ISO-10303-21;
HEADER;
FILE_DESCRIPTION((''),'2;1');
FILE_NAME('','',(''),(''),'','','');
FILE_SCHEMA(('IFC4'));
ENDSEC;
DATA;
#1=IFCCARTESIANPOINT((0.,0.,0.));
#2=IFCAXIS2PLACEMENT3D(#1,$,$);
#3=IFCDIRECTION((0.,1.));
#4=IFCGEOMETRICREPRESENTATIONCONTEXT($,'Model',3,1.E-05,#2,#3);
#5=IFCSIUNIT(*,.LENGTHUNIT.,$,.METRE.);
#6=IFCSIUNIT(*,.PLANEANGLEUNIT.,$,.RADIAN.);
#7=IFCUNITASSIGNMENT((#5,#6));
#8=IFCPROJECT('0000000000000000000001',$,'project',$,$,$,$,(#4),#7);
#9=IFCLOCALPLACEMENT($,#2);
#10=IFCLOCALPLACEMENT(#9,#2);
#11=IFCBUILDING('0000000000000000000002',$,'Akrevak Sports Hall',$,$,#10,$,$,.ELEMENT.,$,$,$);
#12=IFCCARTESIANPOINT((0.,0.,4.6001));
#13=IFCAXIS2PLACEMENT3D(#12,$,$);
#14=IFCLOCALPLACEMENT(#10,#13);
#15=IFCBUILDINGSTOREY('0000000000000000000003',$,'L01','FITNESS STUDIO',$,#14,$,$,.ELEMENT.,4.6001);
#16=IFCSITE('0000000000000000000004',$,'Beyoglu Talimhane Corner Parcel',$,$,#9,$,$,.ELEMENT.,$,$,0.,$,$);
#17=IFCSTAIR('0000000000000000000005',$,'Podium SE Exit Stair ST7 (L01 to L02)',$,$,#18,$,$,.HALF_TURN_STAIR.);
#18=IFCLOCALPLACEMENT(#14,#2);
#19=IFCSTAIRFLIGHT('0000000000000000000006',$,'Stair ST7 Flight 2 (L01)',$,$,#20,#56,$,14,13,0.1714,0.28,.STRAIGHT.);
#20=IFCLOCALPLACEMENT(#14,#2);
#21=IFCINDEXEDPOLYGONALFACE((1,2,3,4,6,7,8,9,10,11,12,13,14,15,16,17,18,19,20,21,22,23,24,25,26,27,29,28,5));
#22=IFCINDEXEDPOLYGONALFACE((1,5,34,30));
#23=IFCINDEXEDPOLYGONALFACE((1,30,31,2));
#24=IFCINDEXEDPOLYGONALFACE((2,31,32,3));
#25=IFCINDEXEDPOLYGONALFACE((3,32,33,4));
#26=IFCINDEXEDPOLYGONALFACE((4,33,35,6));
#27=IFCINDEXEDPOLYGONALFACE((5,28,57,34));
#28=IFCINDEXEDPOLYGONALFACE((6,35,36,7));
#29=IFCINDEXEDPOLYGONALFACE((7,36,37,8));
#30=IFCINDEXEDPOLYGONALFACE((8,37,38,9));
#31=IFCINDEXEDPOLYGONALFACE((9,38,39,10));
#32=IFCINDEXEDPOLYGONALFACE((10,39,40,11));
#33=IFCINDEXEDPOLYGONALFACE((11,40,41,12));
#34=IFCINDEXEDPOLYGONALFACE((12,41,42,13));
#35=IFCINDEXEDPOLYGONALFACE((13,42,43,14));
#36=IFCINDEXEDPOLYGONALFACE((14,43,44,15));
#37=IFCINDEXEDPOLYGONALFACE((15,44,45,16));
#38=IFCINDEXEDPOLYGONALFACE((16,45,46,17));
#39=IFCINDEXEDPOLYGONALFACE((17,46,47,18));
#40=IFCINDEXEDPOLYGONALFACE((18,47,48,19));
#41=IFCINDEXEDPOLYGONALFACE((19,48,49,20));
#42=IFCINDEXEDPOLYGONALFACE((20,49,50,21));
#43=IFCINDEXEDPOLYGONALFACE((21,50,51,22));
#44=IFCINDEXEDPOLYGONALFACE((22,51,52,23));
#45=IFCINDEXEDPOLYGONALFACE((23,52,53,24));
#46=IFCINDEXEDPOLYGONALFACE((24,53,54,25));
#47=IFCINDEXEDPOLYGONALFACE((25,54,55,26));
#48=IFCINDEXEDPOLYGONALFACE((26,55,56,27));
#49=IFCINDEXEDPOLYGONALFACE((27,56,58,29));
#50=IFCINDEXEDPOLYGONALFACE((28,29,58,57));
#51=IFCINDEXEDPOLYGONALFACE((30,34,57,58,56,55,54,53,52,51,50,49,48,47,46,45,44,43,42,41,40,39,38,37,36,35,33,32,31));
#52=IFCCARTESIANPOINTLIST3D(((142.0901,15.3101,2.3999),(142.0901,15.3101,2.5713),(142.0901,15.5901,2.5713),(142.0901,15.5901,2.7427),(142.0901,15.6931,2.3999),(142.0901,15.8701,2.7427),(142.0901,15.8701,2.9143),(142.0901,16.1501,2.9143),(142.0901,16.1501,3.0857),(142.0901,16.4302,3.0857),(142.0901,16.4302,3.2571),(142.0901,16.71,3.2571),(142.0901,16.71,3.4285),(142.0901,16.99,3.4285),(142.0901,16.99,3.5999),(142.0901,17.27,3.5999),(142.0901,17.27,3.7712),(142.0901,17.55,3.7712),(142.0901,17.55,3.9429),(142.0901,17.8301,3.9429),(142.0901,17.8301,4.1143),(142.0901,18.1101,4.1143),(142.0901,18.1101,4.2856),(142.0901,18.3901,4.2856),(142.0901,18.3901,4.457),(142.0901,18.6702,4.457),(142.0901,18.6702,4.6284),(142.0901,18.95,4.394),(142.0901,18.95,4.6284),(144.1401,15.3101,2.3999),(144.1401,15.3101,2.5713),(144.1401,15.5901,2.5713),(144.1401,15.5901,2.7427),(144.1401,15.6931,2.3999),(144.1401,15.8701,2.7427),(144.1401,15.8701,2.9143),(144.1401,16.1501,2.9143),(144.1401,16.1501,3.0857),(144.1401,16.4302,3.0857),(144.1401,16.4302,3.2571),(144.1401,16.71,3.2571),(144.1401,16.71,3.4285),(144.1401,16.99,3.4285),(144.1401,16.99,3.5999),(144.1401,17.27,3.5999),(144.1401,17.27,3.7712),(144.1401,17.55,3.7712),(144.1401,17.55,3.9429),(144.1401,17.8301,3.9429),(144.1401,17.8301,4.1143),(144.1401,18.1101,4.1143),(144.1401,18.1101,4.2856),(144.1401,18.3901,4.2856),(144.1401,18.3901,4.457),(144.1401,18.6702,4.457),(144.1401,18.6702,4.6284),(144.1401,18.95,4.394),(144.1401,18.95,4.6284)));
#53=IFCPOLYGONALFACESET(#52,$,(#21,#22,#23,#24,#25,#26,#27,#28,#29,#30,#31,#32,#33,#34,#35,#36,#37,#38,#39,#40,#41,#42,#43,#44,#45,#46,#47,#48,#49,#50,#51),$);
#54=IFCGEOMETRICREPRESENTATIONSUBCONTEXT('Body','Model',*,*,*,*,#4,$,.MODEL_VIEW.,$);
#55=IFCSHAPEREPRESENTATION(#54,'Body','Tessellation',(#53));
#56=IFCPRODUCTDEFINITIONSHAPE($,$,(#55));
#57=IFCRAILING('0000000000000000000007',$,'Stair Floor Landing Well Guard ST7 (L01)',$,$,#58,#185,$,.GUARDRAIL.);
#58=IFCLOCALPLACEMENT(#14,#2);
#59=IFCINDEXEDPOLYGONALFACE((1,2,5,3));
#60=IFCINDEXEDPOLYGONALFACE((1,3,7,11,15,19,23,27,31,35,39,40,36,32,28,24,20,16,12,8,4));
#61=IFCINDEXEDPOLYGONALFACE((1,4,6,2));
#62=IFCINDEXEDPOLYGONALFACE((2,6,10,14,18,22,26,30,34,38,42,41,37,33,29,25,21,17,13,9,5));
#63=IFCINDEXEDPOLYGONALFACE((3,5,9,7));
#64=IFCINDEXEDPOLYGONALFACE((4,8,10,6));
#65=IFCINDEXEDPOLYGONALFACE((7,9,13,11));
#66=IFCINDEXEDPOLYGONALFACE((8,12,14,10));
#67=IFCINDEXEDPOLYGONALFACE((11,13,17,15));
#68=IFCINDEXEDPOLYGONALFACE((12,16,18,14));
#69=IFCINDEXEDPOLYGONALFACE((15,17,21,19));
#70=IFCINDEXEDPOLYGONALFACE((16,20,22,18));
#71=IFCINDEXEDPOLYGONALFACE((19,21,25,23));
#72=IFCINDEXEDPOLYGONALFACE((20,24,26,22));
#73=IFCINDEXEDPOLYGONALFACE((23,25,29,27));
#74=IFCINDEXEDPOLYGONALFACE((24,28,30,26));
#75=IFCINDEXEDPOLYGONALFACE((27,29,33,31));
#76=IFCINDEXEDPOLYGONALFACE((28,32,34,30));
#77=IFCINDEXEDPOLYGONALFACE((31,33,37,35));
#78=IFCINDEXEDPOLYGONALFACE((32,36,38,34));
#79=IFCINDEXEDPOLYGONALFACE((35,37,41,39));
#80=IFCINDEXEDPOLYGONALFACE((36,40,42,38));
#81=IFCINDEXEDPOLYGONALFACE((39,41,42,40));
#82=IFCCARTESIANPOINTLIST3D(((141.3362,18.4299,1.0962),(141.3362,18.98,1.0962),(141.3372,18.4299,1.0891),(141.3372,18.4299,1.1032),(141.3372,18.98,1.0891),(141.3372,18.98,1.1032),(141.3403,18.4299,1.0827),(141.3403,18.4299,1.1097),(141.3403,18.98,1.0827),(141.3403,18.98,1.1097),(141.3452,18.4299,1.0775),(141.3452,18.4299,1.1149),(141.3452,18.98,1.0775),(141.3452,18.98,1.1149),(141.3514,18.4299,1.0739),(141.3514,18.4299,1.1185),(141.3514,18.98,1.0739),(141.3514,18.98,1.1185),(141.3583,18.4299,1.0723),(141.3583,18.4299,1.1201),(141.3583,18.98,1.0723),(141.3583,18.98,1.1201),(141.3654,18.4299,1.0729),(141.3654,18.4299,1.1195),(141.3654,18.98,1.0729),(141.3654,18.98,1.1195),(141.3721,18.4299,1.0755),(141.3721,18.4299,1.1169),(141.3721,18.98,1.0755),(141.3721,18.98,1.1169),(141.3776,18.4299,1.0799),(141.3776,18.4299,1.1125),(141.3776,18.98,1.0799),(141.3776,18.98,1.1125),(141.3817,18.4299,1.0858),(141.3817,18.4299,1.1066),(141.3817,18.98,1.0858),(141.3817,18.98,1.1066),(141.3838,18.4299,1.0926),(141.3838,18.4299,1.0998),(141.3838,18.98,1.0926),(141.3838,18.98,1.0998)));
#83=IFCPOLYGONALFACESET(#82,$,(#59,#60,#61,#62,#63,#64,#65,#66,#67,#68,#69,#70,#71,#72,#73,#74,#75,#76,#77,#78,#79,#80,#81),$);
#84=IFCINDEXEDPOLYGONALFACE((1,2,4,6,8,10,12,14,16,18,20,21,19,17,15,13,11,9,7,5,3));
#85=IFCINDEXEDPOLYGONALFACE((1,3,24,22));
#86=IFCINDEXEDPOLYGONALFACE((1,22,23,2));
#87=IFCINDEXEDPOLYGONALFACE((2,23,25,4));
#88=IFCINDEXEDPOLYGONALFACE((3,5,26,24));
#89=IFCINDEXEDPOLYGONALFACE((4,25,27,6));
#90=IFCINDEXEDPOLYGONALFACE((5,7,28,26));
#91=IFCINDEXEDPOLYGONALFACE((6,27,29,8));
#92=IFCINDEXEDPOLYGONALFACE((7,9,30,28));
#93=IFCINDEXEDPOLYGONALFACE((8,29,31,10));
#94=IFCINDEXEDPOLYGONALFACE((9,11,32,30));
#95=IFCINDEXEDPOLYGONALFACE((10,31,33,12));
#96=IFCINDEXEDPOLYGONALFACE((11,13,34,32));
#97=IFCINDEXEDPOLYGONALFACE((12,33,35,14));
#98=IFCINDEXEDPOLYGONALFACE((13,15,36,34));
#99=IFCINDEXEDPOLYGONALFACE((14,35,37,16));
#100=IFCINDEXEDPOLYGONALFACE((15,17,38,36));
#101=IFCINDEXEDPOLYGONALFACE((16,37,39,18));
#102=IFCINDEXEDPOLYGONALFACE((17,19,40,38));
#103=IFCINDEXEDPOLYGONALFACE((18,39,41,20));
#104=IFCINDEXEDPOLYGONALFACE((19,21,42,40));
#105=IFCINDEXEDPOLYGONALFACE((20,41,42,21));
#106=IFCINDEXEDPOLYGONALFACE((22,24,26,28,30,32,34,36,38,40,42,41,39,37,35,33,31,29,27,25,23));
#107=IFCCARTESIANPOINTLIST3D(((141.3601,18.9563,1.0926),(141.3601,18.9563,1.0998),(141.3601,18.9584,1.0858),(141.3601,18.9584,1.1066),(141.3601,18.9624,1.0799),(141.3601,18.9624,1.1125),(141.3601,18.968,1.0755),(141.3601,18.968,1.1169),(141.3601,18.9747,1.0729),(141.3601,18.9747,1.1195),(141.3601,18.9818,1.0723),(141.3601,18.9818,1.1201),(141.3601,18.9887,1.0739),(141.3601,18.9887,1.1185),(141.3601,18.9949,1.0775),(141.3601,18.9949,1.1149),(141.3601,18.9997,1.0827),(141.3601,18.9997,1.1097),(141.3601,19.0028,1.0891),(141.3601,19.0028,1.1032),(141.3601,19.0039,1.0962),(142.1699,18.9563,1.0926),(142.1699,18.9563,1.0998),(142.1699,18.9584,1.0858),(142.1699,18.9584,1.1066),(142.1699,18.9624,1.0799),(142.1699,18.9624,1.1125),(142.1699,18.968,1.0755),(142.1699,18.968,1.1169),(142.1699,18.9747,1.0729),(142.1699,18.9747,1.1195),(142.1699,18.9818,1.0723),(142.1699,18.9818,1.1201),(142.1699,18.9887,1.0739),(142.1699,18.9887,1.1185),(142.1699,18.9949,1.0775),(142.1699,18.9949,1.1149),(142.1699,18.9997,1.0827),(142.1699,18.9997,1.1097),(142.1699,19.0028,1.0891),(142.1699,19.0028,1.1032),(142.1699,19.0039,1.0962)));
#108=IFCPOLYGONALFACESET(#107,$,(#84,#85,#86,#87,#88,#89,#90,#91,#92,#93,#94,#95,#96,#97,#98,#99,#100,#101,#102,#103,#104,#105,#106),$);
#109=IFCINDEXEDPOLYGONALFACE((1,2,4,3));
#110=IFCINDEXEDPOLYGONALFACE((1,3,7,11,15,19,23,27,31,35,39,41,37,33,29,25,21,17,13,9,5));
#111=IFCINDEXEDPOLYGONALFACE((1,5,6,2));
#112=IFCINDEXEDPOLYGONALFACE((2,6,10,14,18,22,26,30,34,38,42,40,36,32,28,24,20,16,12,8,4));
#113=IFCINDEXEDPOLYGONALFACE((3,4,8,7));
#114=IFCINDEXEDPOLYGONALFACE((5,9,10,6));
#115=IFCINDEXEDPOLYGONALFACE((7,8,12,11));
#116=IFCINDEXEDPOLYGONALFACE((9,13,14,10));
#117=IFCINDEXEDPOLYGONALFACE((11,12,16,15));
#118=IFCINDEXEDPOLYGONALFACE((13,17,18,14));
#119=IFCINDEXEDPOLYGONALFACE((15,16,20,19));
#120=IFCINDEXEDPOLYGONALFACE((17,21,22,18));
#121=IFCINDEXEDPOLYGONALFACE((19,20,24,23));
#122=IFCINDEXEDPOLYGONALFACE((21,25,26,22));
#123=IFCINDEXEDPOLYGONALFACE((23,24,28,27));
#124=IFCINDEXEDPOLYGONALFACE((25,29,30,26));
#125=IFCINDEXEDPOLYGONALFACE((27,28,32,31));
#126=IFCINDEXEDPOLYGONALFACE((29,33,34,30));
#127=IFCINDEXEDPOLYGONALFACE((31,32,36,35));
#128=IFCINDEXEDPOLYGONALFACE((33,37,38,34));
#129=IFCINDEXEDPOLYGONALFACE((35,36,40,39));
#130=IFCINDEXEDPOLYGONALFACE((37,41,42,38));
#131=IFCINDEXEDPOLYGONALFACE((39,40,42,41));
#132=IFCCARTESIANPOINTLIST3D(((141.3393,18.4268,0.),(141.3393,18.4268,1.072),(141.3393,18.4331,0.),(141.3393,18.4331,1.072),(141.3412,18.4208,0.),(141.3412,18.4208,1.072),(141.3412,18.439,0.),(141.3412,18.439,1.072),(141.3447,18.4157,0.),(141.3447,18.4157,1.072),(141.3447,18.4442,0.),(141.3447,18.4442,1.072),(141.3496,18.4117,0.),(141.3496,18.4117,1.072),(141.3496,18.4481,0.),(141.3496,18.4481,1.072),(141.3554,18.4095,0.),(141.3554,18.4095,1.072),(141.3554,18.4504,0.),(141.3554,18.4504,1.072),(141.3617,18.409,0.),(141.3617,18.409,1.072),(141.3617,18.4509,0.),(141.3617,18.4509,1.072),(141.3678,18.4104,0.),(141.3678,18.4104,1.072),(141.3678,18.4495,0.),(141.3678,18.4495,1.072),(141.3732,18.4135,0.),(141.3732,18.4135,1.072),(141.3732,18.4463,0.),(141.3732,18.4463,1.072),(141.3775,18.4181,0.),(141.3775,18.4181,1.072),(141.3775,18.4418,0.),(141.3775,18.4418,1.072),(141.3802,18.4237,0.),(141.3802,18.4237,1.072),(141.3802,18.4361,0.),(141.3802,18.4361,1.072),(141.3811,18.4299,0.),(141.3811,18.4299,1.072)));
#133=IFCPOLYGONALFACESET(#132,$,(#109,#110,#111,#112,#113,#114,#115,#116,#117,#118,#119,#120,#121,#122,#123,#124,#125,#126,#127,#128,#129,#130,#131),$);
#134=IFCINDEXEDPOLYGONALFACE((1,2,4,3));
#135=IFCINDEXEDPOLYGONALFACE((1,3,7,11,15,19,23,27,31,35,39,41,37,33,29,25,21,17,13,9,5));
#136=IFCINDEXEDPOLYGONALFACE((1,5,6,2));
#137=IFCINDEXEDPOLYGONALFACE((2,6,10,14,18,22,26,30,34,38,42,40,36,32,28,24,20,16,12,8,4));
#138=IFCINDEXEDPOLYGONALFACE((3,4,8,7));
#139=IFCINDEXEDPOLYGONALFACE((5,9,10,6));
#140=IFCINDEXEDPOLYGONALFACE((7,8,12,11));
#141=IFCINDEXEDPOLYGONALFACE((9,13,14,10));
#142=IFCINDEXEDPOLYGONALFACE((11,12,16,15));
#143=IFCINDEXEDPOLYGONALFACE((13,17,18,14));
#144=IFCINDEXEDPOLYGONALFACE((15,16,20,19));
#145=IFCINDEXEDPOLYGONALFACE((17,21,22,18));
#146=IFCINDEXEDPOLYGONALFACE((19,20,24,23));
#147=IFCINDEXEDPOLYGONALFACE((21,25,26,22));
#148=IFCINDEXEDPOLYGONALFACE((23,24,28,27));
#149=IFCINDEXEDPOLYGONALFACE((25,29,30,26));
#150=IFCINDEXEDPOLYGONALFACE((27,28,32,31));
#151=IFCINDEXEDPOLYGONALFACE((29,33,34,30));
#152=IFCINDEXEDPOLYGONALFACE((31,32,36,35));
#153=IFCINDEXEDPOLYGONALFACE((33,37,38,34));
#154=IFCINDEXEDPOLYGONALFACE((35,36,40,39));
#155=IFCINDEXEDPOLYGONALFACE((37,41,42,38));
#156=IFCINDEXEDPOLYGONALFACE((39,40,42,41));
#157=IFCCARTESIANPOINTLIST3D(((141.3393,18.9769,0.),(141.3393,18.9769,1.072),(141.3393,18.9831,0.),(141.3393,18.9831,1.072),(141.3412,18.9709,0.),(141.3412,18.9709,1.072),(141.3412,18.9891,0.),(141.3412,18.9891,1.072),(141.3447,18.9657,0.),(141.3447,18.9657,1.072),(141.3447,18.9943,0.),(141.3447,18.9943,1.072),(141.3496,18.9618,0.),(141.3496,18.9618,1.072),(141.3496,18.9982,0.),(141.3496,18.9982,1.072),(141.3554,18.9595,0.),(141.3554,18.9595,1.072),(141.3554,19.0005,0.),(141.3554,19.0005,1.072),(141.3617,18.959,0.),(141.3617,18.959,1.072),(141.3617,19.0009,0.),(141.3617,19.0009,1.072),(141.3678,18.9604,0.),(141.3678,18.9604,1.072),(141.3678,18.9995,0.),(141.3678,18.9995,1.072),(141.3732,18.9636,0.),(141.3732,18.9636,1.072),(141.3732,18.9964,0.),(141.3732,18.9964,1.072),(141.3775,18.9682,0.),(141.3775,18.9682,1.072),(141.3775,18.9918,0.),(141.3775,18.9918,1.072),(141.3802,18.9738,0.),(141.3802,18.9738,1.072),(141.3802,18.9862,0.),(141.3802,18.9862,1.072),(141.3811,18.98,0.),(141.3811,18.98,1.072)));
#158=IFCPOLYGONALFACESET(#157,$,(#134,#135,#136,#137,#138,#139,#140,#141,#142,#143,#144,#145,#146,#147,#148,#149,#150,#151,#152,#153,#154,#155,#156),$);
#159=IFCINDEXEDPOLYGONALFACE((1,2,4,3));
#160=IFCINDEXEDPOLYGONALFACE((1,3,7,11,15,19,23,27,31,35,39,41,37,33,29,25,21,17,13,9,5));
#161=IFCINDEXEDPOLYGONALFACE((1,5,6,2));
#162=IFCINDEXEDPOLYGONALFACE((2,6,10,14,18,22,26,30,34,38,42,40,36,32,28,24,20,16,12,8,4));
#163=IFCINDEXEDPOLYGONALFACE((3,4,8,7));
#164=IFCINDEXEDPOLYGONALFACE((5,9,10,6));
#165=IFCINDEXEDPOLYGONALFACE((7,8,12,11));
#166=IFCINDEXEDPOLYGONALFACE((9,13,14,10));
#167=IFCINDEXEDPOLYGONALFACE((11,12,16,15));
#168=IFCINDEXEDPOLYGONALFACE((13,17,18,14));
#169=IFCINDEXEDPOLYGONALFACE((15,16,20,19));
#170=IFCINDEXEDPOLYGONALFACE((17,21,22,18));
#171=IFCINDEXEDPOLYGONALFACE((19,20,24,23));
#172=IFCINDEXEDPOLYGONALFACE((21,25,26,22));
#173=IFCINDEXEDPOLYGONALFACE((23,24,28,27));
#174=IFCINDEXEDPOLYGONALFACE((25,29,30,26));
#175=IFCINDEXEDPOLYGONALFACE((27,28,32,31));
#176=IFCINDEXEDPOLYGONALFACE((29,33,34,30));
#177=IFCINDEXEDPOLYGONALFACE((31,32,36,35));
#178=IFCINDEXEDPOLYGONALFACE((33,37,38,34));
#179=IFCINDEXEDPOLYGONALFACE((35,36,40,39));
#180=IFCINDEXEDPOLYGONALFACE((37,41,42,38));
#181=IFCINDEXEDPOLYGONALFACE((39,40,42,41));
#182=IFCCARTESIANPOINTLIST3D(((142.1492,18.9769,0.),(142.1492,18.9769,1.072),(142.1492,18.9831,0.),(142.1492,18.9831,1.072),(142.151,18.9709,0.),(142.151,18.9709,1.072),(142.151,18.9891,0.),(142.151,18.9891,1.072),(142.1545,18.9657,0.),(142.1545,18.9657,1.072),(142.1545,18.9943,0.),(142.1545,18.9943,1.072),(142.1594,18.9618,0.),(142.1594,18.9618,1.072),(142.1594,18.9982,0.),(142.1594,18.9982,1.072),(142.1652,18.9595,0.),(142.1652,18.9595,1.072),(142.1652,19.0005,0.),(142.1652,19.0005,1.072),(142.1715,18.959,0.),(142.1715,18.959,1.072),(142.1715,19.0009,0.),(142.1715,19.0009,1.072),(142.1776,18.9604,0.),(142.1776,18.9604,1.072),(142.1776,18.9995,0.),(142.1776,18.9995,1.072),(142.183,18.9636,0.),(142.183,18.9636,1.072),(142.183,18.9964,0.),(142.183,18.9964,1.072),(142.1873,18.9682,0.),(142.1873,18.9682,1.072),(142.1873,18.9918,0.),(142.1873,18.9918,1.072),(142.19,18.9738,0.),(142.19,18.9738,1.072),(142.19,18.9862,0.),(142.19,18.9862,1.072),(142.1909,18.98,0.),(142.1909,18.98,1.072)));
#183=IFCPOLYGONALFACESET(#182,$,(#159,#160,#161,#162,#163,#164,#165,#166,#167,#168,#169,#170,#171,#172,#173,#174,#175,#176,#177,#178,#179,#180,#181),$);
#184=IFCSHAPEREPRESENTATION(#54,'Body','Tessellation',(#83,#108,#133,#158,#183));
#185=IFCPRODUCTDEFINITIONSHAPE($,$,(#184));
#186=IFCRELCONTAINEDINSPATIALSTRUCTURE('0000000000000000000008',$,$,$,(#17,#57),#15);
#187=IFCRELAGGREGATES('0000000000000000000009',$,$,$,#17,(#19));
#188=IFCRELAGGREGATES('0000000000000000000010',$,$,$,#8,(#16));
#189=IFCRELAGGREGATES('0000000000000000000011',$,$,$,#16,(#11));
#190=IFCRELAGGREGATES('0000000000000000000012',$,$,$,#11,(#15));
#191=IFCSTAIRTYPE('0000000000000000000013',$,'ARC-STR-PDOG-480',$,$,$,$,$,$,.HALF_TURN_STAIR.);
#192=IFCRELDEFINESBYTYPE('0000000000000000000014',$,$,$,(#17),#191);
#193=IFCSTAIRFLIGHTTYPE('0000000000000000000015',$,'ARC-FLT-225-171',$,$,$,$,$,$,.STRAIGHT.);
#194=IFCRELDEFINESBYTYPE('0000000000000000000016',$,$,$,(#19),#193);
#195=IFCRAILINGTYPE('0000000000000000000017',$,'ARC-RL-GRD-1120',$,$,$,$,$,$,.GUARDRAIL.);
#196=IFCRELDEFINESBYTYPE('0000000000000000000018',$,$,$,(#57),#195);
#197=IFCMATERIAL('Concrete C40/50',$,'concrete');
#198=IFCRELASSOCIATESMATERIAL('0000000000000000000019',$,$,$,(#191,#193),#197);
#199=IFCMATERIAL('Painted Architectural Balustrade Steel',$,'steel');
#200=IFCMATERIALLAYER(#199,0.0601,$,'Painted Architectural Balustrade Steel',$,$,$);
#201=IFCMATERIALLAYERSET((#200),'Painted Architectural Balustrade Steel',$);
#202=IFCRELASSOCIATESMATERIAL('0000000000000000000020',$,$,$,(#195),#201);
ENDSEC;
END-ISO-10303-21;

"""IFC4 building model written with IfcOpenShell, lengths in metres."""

from ifc_helpers import new_model, si_unit, direction, frame, origin, origin_2d, place, context, subcontext, project, spatial, polyline, circle, outline, extrude, material, layer, layer_set, type_object, element, aggregate, save


model = new_model("IFC4")

# Units and contexts
model_context = context("Model", 3, precision=1e-05, world=origin(), true_north=direction((0.0, 1.0)))
body_context = subcontext(model_context, "Body", "Model", "MODEL_VIEW")
ifc_project = project(units=[si_unit("LENGTHUNIT", "METRE"), si_unit("PLANEANGLEUNIT", "RADIAN")], contexts=[model_context])

# Site, building, storey
site_placement = place(None, origin())
site = spatial("IfcSite", under=ifc_project, at=site_placement, Name="Beyoglu Talimhane Corner Parcel", CompositionType="ELEMENT", RefElevation=0.0)
building_placement = place(site_placement, origin())
building = spatial("IfcBuilding", under=site, at=building_placement, Name="Akrevak Sports Hall", CompositionType="ELEMENT")
storey_placement = place(building_placement, frame((0.0, 0.0, 4.6001)))
storey = spatial("IfcBuildingStorey", under=building, at=storey_placement, Name="L01", Description="FITNESS STUDIO", CompositionType="ELEMENT", Elevation=4.6001)

# Shared definitions
ifc_material_1 = material(Name="Concrete C40/50", Category="concrete")

# Stair, stair flight
stair_type = type_object("IfcStairType", Name="ARC-STR-PDOG-480", PredefinedType="HALF_TURN_STAIR", material=ifc_material_1)
stair_placement = place(storey_placement, origin())
stair = element("IfcStair", 1, at=stair_placement, inside=storey, type_object=stair_type, Name="Podium SE Exit Stair ST7 (L01 to L02)", PredefinedType="HALF_TURN_STAIR")
stair_flight_type = type_object("IfcStairFlightType", Name="ARC-FLT-225-171", PredefinedType="STRAIGHT", material=ifc_material_1)
stair_flight_1_placement = place(storey_placement, frame((143.115, 15.3101, 2.3999), z_axis=(0.0, 0.0, 1.0), x_axis=(0.0, 1.0, 0.0)))
stair_flight_1 = element("IfcStairFlight", 2, at=stair_flight_1_placement, type_object=stair_flight_type, Name="Stair ST7 Flight 2 (L01)", NumberOfRisers=14, NumberOfTreads=13, PredefinedType="STRAIGHT", RiserHeight=0.1714, TreadLength=0.28, context=body_context, shape_type="SweptSolid", body=[
    extrude(outline(polyline([(0.0, 0.0), (0.0, 0.1714), (0.28, 0.1714), (0.28, 0.3428), (0.5601, 0.3428), (0.5601, 0.5144), (0.8401, 0.5144), (0.8401, 0.6858), (1.1201, 0.6858), (1.1201, 0.8572), (1.3999, 0.8572), (1.3999, 1.0286), (1.6799, 1.0286), (1.6799, 1.2), (1.96, 1.2), (1.96, 1.3713), (2.24, 1.3713), (2.24, 1.543), (2.52, 1.543), (2.52, 1.7144), (2.8, 1.7144), (2.8, 1.8857), (3.0801, 1.8857), (3.0801, 2.0571), (3.3601, 2.0571), (3.3601, 2.2285), (3.6399, 2.2285), (3.6399, 2.3999), (3.6399, 1.9941), (0.3831, 0.0), (0.0, 0.0)])), frame((0.0, 1.0249, 0.0), z_axis=(0.0, -1.0, 0.0), x_axis=(1.0, 0.0, 0.0)), (0.0, 0.0, 1.0), 2.05),
])
aggregate(stair, [stair_flight_1])

# Railing
ifc_material_2 = material(Name="Painted Architectural Balustrade Steel", Category="steel")
ifc_layer_1 = layer(ifc_material_2, 0.0601, Name="Painted Architectural Balustrade Steel")
ifc_layer_set_1 = layer_set([ifc_layer_1], Name="Painted Architectural Balustrade Steel")
railing_type_1 = type_object("IfcRailingType", Name="ARC-RL-GRD-1120", PredefinedType="GUARDRAIL", material=ifc_layer_set_1)
railing_1_placement = place(storey_placement, frame((141.3601, 18.4299, 0.0)))
element("IfcRailing", 3, at=railing_1_placement, inside=storey, type_object=railing_type_1, Name="Stair Floor Landing Well Guard ST7 (L01)", PredefinedType="GUARDRAIL", context=body_context, shape_type="SweptSolid", body=[
    extrude(circle(Radius=0.0239, at=origin_2d()), frame((0.0, 0.0, 1.0962), z_axis=(0.0, 1.0, 0.0), x_axis=(-1.0, 0.0, 0.0)), (0.0, 0.0, 1.0), 0.55),
    extrude(circle(Radius=0.0239, at=origin_2d()), frame((0.0, 0.55, 1.0962), z_axis=(1.0, 0.0, 0.0), x_axis=(0.0, 1.0, 0.0)), (0.0, 0.0, 1.0), 0.8098),
    extrude(circle(Radius=0.021, at=origin_2d()), origin(), (0.0, 0.0, 1.0), 1.072),
    extrude(circle(Radius=0.021, at=origin_2d()), frame((0.0, 0.55, 0.0)), (0.0, 0.0, 1.0), 1.072),
    extrude(circle(Radius=0.021, at=origin_2d()), frame((0.8098, 0.55, 0.0)), (0.0, 0.0, 1.0), 1.072),
])

save(model, "model.ifc")
